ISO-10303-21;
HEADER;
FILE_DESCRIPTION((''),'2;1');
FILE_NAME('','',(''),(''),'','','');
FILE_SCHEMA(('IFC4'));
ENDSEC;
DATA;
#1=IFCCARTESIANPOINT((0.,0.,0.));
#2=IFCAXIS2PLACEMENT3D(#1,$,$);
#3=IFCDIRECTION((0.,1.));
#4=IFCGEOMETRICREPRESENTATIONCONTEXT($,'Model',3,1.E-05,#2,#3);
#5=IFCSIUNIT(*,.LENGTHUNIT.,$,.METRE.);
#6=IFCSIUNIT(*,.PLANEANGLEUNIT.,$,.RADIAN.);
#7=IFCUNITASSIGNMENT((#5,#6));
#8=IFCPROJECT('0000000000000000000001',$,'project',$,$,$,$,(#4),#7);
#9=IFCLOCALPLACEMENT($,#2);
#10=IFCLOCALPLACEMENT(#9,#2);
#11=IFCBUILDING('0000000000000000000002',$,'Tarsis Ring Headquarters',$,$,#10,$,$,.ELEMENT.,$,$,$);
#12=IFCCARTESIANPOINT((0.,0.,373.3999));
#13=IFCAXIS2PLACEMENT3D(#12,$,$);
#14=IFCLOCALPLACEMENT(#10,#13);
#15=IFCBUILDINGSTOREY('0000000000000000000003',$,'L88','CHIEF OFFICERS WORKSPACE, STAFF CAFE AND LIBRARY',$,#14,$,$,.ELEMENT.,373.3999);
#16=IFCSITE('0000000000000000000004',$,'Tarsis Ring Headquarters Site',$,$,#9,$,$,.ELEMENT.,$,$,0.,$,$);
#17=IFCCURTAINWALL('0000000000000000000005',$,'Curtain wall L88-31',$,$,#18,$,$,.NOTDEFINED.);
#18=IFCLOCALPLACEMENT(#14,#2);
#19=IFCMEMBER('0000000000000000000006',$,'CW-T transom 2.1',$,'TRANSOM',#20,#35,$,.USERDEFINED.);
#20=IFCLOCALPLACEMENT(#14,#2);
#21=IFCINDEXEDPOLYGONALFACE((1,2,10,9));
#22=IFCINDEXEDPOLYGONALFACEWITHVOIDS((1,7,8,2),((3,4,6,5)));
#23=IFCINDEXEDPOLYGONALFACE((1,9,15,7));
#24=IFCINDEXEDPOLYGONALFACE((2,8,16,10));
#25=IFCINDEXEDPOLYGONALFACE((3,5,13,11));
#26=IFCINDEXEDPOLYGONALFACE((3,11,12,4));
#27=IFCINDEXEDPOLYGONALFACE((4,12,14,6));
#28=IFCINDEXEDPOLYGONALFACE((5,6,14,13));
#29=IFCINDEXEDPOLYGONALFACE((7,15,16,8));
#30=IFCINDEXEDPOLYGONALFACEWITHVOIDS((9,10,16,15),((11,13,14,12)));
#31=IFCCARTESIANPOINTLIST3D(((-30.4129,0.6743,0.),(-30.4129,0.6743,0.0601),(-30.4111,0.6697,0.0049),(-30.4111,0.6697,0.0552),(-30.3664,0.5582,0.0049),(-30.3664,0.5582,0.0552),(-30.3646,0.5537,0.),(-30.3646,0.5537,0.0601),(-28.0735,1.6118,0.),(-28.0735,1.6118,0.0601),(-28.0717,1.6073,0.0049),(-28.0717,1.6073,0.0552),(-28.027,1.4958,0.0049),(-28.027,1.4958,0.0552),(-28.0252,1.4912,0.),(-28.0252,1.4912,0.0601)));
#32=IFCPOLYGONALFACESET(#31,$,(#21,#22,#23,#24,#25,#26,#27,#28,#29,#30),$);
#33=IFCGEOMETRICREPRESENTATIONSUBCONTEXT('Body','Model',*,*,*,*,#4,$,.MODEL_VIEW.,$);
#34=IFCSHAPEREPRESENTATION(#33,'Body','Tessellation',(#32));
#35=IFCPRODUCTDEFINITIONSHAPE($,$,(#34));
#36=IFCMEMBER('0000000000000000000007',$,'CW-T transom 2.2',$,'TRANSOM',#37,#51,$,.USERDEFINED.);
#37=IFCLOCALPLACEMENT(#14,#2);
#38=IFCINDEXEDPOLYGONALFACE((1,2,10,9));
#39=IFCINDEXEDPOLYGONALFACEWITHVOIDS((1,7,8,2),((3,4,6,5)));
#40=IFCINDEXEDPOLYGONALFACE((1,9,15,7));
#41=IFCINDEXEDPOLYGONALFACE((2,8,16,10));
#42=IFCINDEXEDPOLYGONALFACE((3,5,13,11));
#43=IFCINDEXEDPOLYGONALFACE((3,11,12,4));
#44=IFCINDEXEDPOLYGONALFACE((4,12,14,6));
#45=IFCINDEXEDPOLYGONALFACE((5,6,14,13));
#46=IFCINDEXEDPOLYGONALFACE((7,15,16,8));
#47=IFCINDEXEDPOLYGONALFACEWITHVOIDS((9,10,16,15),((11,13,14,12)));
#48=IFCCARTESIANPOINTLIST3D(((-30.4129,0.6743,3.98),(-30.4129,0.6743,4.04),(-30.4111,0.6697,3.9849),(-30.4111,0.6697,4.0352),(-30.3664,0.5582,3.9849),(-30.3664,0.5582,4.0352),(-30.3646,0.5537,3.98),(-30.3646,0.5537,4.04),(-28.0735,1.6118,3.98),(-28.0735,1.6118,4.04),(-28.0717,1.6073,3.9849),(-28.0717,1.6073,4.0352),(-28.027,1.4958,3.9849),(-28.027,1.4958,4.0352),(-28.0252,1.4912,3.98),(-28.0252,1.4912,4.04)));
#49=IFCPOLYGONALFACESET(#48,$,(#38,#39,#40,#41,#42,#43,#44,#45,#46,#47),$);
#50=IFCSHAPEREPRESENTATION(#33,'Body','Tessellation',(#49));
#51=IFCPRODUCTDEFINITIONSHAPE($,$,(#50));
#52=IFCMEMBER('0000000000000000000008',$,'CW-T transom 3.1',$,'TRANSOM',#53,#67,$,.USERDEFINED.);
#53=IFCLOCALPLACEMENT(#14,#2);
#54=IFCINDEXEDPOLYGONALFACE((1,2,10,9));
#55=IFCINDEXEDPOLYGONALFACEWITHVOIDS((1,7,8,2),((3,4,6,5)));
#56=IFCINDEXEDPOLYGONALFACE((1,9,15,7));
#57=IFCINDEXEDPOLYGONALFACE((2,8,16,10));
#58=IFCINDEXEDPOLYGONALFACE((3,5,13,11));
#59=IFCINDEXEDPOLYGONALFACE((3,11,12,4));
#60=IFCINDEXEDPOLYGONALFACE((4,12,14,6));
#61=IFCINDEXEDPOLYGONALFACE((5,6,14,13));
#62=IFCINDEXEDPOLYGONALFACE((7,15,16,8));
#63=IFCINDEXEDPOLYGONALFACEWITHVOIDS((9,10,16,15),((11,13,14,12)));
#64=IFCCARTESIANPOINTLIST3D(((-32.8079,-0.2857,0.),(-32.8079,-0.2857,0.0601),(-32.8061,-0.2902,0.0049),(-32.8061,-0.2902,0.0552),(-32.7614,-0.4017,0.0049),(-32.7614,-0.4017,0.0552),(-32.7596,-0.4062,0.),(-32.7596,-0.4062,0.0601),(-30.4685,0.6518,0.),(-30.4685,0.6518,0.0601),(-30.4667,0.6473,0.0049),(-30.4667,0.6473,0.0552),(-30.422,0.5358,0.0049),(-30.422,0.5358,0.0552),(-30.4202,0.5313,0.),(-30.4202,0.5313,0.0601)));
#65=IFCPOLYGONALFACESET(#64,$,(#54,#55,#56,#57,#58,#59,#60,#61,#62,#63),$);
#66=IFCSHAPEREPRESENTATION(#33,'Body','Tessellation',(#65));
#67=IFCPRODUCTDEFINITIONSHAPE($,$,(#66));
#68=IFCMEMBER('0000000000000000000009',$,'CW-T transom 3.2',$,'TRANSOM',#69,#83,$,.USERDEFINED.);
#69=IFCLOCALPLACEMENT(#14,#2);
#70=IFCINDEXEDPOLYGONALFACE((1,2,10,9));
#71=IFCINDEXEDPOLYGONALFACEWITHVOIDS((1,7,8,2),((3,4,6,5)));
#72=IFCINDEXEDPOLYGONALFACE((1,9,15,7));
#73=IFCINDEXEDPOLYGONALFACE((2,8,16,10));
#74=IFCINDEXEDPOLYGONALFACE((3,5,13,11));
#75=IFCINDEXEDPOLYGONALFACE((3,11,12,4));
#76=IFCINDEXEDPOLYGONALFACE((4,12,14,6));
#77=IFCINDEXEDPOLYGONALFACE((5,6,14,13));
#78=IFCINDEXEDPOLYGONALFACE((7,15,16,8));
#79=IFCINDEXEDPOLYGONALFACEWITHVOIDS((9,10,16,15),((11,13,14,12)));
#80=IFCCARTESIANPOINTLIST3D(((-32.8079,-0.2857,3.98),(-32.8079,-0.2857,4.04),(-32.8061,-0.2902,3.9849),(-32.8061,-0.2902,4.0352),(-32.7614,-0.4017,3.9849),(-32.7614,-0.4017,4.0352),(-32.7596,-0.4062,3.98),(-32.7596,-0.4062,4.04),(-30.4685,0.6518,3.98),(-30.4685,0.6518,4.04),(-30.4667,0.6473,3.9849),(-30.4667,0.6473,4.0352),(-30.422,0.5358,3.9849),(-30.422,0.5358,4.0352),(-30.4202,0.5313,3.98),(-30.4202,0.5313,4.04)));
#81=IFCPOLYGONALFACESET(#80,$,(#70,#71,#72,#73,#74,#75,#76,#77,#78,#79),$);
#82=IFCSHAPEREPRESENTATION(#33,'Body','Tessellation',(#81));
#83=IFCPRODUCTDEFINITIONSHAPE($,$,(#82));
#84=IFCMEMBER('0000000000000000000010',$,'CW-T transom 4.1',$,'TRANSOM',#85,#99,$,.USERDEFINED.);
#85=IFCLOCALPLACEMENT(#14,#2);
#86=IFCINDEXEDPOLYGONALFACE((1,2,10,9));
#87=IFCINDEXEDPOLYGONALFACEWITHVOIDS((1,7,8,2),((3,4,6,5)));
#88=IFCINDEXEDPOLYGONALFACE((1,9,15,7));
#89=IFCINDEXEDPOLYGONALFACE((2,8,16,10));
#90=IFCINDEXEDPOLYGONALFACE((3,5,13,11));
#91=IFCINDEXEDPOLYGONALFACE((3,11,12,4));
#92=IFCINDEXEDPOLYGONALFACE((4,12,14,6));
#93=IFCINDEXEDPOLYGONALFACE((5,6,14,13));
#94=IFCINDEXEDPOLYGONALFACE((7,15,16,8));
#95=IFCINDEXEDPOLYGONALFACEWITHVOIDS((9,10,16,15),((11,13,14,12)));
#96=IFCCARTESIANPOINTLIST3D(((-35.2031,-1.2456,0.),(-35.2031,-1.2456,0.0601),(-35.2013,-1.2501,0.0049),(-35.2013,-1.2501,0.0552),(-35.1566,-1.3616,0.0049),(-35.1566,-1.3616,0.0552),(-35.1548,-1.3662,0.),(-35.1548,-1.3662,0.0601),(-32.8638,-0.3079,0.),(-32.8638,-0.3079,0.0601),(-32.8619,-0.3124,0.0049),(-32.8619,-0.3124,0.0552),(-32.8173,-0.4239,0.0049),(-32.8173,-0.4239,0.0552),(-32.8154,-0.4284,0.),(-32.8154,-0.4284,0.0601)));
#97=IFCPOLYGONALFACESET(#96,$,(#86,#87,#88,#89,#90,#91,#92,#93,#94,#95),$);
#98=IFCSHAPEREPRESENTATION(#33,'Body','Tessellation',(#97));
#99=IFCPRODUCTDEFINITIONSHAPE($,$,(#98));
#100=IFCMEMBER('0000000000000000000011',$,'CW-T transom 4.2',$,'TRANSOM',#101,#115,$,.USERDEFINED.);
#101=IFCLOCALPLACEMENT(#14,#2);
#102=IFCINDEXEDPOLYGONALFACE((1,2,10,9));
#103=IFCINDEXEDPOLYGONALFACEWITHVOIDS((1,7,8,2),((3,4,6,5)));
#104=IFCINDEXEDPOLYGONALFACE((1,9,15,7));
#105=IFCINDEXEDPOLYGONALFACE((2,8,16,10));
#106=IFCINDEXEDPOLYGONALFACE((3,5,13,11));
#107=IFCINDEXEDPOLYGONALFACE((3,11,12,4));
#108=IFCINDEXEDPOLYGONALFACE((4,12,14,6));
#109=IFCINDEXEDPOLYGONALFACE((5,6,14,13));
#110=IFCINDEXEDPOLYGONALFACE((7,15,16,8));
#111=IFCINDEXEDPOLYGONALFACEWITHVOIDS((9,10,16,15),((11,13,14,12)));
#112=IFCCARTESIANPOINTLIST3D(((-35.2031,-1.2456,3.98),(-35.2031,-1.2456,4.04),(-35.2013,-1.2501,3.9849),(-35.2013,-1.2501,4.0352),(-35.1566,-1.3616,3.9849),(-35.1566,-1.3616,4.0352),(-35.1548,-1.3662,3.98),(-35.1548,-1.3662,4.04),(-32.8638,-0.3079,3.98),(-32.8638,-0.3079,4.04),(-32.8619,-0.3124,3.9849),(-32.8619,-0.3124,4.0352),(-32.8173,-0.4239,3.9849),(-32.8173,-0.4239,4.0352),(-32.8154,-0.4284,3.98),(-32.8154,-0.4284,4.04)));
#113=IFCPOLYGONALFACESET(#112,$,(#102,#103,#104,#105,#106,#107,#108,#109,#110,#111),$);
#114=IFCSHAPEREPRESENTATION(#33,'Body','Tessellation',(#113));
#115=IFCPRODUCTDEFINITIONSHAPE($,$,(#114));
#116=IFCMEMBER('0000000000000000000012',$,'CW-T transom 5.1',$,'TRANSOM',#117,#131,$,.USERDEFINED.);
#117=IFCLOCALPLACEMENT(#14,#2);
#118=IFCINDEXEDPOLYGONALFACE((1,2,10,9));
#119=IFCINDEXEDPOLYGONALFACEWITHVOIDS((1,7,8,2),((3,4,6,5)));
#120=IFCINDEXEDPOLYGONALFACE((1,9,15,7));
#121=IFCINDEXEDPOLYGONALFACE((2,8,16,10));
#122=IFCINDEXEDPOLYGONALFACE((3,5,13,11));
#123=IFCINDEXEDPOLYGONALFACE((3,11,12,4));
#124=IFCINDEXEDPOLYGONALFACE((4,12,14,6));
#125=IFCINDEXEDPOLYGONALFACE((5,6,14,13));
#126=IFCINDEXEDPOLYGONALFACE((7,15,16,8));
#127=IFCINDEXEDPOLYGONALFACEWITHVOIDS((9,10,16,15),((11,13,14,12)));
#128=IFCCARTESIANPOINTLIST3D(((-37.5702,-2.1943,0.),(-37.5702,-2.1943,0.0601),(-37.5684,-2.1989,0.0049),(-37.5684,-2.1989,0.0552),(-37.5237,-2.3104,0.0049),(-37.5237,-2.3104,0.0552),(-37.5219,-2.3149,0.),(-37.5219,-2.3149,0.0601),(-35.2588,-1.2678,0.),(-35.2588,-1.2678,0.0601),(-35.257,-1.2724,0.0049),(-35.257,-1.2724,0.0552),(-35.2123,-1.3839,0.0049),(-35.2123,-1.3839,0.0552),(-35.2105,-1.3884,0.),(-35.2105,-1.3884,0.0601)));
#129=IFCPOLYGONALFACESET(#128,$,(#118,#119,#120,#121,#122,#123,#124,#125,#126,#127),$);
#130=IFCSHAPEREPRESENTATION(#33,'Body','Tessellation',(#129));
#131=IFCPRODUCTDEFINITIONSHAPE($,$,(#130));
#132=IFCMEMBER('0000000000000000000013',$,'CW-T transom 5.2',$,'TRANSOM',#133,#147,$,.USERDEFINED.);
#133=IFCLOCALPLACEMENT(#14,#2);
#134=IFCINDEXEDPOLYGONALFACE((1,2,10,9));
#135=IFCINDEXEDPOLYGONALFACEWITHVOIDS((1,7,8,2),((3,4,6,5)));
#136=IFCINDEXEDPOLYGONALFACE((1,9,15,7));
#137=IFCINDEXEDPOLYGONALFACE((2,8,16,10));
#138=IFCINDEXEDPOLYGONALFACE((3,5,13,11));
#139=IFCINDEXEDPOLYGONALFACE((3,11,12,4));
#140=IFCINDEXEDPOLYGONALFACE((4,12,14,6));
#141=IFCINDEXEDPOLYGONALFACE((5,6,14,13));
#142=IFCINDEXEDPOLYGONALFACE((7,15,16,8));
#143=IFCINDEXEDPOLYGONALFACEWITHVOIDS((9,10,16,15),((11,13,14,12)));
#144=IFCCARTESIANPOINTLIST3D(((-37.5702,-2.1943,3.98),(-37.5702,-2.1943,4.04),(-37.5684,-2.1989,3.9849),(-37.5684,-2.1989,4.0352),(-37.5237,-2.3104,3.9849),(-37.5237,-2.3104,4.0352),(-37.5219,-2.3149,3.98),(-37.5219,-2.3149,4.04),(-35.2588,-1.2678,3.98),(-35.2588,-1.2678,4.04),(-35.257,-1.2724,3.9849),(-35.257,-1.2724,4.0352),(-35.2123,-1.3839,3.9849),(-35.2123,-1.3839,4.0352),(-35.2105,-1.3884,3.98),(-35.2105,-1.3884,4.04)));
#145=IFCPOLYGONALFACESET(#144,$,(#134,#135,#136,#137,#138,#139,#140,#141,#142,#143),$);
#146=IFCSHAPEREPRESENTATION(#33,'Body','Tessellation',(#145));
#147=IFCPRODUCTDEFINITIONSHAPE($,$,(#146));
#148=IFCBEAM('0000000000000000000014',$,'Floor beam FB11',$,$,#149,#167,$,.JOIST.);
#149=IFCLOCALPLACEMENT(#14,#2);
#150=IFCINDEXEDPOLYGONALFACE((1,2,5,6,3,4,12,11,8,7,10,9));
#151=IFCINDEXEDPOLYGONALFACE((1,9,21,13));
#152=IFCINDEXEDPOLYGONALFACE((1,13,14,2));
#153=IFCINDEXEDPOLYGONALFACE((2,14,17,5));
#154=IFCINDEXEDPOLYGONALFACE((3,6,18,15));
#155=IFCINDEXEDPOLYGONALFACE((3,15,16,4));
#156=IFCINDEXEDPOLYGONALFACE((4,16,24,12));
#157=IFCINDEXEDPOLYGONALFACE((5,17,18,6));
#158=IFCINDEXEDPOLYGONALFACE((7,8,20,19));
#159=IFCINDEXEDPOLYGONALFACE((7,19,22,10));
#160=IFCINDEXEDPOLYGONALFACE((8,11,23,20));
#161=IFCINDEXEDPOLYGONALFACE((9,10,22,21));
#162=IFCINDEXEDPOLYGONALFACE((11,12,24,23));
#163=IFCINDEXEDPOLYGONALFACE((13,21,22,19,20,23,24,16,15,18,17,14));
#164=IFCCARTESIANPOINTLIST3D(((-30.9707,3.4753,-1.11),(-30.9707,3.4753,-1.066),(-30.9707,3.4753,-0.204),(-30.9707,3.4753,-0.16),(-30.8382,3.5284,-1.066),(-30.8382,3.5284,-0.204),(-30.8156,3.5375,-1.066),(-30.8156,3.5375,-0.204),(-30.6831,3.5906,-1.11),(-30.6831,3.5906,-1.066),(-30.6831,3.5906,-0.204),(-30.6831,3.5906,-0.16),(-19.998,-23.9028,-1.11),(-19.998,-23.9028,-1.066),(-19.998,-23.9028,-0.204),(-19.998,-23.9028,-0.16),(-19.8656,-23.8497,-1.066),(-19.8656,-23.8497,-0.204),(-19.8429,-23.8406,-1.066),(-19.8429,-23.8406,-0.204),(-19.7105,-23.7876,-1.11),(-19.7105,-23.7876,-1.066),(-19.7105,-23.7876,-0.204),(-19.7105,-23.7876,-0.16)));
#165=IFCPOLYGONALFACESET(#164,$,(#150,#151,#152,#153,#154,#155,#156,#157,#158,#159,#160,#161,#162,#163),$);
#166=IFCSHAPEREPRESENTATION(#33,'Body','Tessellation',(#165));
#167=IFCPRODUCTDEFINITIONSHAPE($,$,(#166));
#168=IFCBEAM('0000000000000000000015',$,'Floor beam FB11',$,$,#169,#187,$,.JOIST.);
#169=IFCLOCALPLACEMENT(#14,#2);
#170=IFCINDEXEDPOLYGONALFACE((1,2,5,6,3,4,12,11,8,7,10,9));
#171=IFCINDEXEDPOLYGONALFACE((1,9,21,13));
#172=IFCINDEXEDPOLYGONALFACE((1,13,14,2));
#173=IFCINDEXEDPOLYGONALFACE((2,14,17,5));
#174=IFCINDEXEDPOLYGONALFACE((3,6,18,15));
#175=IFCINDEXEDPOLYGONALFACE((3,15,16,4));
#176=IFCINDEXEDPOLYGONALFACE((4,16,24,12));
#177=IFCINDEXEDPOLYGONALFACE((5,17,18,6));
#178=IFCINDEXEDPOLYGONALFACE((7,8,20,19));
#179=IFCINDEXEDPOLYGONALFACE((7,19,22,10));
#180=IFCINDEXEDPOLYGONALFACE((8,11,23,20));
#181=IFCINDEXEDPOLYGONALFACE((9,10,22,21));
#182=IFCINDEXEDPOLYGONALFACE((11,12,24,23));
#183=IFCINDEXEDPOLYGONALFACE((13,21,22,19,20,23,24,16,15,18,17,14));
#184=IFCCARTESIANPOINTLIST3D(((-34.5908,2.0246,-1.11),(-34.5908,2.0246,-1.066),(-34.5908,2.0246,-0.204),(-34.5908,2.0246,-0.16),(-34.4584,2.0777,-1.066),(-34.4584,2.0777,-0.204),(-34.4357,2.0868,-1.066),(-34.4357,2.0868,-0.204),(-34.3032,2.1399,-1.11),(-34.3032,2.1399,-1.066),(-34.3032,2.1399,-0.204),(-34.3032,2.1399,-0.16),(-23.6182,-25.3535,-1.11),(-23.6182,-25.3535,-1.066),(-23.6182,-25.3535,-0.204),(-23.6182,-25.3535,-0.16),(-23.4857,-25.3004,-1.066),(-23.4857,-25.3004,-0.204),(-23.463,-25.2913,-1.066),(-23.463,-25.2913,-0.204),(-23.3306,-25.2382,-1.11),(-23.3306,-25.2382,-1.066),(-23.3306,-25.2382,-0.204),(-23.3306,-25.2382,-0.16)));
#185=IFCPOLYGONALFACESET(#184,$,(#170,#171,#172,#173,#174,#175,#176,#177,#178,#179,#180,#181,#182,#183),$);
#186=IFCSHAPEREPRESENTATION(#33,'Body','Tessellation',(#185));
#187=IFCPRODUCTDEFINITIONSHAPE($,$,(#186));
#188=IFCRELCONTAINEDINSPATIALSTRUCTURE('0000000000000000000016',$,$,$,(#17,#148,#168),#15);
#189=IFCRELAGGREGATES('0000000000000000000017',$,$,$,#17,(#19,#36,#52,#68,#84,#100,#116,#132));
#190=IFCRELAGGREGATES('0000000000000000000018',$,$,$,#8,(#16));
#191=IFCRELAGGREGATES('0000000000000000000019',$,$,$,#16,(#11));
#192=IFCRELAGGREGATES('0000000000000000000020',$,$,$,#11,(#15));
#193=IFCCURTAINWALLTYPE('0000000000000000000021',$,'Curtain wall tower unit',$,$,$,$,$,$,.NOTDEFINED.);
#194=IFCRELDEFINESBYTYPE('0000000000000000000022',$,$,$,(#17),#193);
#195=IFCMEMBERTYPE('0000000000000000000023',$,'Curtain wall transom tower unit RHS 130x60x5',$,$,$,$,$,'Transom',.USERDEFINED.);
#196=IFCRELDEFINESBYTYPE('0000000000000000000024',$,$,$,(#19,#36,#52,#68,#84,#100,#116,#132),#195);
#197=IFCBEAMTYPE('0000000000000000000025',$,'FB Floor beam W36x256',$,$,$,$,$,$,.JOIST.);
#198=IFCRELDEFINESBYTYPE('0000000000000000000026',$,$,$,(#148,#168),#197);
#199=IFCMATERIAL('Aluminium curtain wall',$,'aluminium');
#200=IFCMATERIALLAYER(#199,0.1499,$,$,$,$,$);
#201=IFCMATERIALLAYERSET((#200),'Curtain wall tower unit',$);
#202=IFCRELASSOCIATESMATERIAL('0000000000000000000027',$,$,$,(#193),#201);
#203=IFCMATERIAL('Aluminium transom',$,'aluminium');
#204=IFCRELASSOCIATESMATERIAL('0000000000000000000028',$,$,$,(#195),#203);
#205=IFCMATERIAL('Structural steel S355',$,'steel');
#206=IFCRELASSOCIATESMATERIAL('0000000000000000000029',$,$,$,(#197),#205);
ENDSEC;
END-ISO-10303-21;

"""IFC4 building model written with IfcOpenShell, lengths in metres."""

from ifc_helpers import new_model, si_unit, direction, frame, origin, origin_2d, place, context, subcontext, project, spatial, hollow_rectangle, i_section, extrude, material, layer, layer_set, material_profile, profile_set, type_object, element, aggregate, save


model = new_model("IFC4")

# Units and contexts
model_context = context("Model", 3, precision=1e-05, world=origin(), true_north=direction((0.0, 1.0)))
body_context = subcontext(model_context, "Body", "Model", "MODEL_VIEW")
ifc_project = project(units=[si_unit("LENGTHUNIT", "METRE"), si_unit("PLANEANGLEUNIT", "RADIAN")], contexts=[model_context])

# Site, building, storey
site_placement = place(None, origin())
site = spatial("IfcSite", under=ifc_project, at=site_placement, Name="Tarsis Ring Headquarters Site", CompositionType="ELEMENT", RefElevation=0.0)
building_placement = place(site_placement, origin())
building = spatial("IfcBuilding", under=site, at=building_placement, Name="Tarsis Ring Headquarters", CompositionType="ELEMENT")
storey_placement = place(building_placement, frame((0.0, 0.0, 373.3999)))
storey = spatial("IfcBuildingStorey", under=building, at=storey_placement, Name="L88", Description="CHIEF OFFICERS WORKSPACE, STAFF CAFE AND LIBRARY", CompositionType="ELEMENT", Elevation=373.3999)

# Shared definitions
ifc_material_1 = material(Name="Structural steel S355", Category="steel")

# Curtain wall, members
ifc_material_2 = material(Name="Aluminium curtain wall", Category="aluminium")
ifc_layer_1 = layer(ifc_material_2, 0.1499)
ifc_layer_set_1 = layer_set([ifc_layer_1], Name="Curtain wall tower unit")
curtain_wall_type = type_object("IfcCurtainWallType", Name="Curtain wall tower unit", PredefinedType="NOTDEFINED", material=ifc_layer_set_1)
curtain_wall_placement = place(storey_placement, origin())
curtain_wall = element("IfcCurtainWall", 1, at=curtain_wall_placement, inside=storey, type_object=curtain_wall_type, Name="Curtain wall L88-31", PredefinedType="NOTDEFINED")
ifc_material_3 = material(Name="Aluminium transom", Category="aluminium")
ifc_material_profile_1 = material_profile(ifc_material_3, hollow_rectangle(XDim=0.1299, YDim=0.0601, WallThickness=0.0049, at=origin_2d()), Name="RHS 130x60x5")
ifc_profile_set_1 = profile_set([ifc_material_profile_1], Name="Aluminium transom")
member_type_1 = type_object("IfcMemberType", Name="Curtain wall transom tower unit RHS 130x60x5", ElementType="Transom", PredefinedType="USERDEFINED", material=ifc_profile_set_1)
member_1_placement = place(storey_placement, frame((-28.0493, 1.5515, 0.03), z_axis=(-0.928236, -0.371992, 0.0), x_axis=(0.371992, -0.928236, 0.0)))
member_1 = element("IfcMember", 2, at=member_1_placement, type_object=member_type_1, Name="CW-T transom 2.1", ObjectType="TRANSOM", PredefinedType="USERDEFINED", context=body_context, shape_type="SweptSolid", body=[
    extrude(hollow_rectangle(XDim=0.1299, YDim=0.0601, WallThickness=0.0049, at=origin_2d()), origin(), (0.0, 0.0, 1.0), 2.5203),
])
member_2_placement = place(storey_placement, frame((-28.0493, 1.5515, 4.01), z_axis=(-0.928236, -0.371992, 0.0), x_axis=(0.371992, -0.928236, 0.0)))
member_2 = element("IfcMember", 3, at=member_2_placement, type_object=member_type_1, Name="CW-T transom 2.2", ObjectType="TRANSOM", PredefinedType="USERDEFINED", context=body_context, shape_type="SweptSolid", body=[
    extrude(hollow_rectangle(XDim=0.1299, YDim=0.0601, WallThickness=0.0049, at=origin_2d()), origin(), (0.0, 0.0, 1.0), 2.5203),
])
member_3_placement = place(storey_placement, frame((-30.4443, 0.5916, 0.03), z_axis=(-0.928236, -0.371992, 0.0), x_axis=(0.371992, -0.928236, 0.0)))
member_3 = element("IfcMember", 4, at=member_3_placement, type_object=member_type_1, Name="CW-T transom 3.1", ObjectType="TRANSOM", PredefinedType="USERDEFINED", context=body_context, shape_type="SweptSolid", body=[
    extrude(hollow_rectangle(XDim=0.1299, YDim=0.0601, WallThickness=0.0049, at=origin_2d()), origin(), (0.0, 0.0, 1.0), 2.5203),
])
member_4_placement = place(storey_placement, frame((-30.4443, 0.5916, 4.01), z_axis=(-0.928236, -0.371992, 0.0), x_axis=(0.371992, -0.928236, 0.0)))
member_4 = element("IfcMember", 5, at=member_4_placement, type_object=member_type_1, Name="CW-T transom 3.2", ObjectType="TRANSOM", PredefinedType="USERDEFINED", context=body_context, shape_type="SweptSolid", body=[
    extrude(hollow_rectangle(XDim=0.1299, YDim=0.0601, WallThickness=0.0049, at=origin_2d()), origin(), (0.0, 0.0, 1.0), 2.5203),
])
member_5_placement = place(storey_placement, frame((-32.8396, -0.3682, 0.03), z_axis=(-0.928203, -0.372075, 0.0), x_axis=(0.372075, -0.928203, 0.0)))
member_5 = element("IfcMember", 6, at=member_5_placement, type_object=member_type_1, Name="CW-T transom 4.1", ObjectType="TRANSOM", PredefinedType="USERDEFINED", context=body_context, shape_type="SweptSolid", body=[
    extrude(hollow_rectangle(XDim=0.1299, YDim=0.0601, WallThickness=0.0049, at=origin_2d()), origin(), (0.0, 0.0, 1.0), 2.5203),
])
member_6_placement = place(storey_placement, frame((-32.8396, -0.3682, 4.01), z_axis=(-0.928203, -0.372075, 0.0), x_axis=(0.372075, -0.928203, 0.0)))
member_6 = element("IfcMember", 7, at=member_6_placement, type_object=member_type_1, Name="CW-T transom 4.2", ObjectType="TRANSOM", PredefinedType="USERDEFINED", context=body_context, shape_type="SweptSolid", body=[
    extrude(hollow_rectangle(XDim=0.1299, YDim=0.0601, WallThickness=0.0049, at=origin_2d()), origin(), (0.0, 0.0, 1.0), 2.5203),
])
member_7_placement = place(storey_placement, frame((-35.2346, -1.3281, 0.03), z_axis=(-0.928213, -0.37205, 0.0), x_axis=(0.37205, -0.928213, 0.0)))
member_7 = element("IfcMember", 8, at=member_7_placement, type_object=member_type_1, Name="CW-T transom 5.1", ObjectType="TRANSOM", PredefinedType="USERDEFINED", context=body_context, shape_type="SweptSolid", body=[
    extrude(hollow_rectangle(XDim=0.1299, YDim=0.0601, WallThickness=0.0049, at=origin_2d()), origin(), (0.0, 0.0, 1.0), 2.4902),
])
member_8_placement = place(storey_placement, frame((-35.2346, -1.3281, 4.01), z_axis=(-0.928213, -0.37205, 0.0), x_axis=(0.37205, -0.928213, 0.0)))
member_8 = element("IfcMember", 9, at=member_8_placement, type_object=member_type_1, Name="CW-T transom 5.2", ObjectType="TRANSOM", PredefinedType="USERDEFINED", context=body_context, shape_type="SweptSolid", body=[
    extrude(hollow_rectangle(XDim=0.1299, YDim=0.0601, WallThickness=0.0049, at=origin_2d()), origin(), (0.0, 0.0, 1.0), 2.4902),
])

# Beams
ifc_material_profile_2 = material_profile(ifc_material_1, i_section(OverallWidth=0.3098, OverallDepth=0.95, WebThickness=0.0244, FlangeThickness=0.0439, at=origin_2d()), Name="W36x256")
ifc_profile_set_2 = profile_set([ifc_material_profile_2], Name="Structural steel S355")
beam_type_1 = type_object("IfcBeamType", Name="FB Floor beam W36x256", PredefinedType="JOIST", material=ifc_profile_set_2)
for number, where, z_axis, x_axis, name in (
    (10, (-30.8269, 3.533, -0.635), (0.372016, -0.928226, 0.0), (0.928226, 0.372016, 0.0), "Floor beam FB11"),
    (11, (-34.447, 2.0823, -0.635), (0.372016, -0.928226, 0.0), (0.928226, 0.372016, 0.0), "Floor beam FB11"),
):
    element("IfcBeam", number, at=place(storey_placement, frame(where, z_axis=z_axis, x_axis=x_axis)), inside=storey, type_object=beam_type_1, Name=name, PredefinedType="JOIST", context=body_context, shape_type="SweptSolid", body=[
        extrude(i_section(OverallWidth=0.3098, OverallDepth=0.95, WebThickness=0.0244, FlangeThickness=0.0439, at=origin_2d()), origin(), (0.0, 0.0, 1.0), 29.4951),
    ])

aggregate(curtain_wall, [member_1, member_2, member_3, member_4, member_5, member_6, member_7, member_8])

save(model, "model.ifc")
